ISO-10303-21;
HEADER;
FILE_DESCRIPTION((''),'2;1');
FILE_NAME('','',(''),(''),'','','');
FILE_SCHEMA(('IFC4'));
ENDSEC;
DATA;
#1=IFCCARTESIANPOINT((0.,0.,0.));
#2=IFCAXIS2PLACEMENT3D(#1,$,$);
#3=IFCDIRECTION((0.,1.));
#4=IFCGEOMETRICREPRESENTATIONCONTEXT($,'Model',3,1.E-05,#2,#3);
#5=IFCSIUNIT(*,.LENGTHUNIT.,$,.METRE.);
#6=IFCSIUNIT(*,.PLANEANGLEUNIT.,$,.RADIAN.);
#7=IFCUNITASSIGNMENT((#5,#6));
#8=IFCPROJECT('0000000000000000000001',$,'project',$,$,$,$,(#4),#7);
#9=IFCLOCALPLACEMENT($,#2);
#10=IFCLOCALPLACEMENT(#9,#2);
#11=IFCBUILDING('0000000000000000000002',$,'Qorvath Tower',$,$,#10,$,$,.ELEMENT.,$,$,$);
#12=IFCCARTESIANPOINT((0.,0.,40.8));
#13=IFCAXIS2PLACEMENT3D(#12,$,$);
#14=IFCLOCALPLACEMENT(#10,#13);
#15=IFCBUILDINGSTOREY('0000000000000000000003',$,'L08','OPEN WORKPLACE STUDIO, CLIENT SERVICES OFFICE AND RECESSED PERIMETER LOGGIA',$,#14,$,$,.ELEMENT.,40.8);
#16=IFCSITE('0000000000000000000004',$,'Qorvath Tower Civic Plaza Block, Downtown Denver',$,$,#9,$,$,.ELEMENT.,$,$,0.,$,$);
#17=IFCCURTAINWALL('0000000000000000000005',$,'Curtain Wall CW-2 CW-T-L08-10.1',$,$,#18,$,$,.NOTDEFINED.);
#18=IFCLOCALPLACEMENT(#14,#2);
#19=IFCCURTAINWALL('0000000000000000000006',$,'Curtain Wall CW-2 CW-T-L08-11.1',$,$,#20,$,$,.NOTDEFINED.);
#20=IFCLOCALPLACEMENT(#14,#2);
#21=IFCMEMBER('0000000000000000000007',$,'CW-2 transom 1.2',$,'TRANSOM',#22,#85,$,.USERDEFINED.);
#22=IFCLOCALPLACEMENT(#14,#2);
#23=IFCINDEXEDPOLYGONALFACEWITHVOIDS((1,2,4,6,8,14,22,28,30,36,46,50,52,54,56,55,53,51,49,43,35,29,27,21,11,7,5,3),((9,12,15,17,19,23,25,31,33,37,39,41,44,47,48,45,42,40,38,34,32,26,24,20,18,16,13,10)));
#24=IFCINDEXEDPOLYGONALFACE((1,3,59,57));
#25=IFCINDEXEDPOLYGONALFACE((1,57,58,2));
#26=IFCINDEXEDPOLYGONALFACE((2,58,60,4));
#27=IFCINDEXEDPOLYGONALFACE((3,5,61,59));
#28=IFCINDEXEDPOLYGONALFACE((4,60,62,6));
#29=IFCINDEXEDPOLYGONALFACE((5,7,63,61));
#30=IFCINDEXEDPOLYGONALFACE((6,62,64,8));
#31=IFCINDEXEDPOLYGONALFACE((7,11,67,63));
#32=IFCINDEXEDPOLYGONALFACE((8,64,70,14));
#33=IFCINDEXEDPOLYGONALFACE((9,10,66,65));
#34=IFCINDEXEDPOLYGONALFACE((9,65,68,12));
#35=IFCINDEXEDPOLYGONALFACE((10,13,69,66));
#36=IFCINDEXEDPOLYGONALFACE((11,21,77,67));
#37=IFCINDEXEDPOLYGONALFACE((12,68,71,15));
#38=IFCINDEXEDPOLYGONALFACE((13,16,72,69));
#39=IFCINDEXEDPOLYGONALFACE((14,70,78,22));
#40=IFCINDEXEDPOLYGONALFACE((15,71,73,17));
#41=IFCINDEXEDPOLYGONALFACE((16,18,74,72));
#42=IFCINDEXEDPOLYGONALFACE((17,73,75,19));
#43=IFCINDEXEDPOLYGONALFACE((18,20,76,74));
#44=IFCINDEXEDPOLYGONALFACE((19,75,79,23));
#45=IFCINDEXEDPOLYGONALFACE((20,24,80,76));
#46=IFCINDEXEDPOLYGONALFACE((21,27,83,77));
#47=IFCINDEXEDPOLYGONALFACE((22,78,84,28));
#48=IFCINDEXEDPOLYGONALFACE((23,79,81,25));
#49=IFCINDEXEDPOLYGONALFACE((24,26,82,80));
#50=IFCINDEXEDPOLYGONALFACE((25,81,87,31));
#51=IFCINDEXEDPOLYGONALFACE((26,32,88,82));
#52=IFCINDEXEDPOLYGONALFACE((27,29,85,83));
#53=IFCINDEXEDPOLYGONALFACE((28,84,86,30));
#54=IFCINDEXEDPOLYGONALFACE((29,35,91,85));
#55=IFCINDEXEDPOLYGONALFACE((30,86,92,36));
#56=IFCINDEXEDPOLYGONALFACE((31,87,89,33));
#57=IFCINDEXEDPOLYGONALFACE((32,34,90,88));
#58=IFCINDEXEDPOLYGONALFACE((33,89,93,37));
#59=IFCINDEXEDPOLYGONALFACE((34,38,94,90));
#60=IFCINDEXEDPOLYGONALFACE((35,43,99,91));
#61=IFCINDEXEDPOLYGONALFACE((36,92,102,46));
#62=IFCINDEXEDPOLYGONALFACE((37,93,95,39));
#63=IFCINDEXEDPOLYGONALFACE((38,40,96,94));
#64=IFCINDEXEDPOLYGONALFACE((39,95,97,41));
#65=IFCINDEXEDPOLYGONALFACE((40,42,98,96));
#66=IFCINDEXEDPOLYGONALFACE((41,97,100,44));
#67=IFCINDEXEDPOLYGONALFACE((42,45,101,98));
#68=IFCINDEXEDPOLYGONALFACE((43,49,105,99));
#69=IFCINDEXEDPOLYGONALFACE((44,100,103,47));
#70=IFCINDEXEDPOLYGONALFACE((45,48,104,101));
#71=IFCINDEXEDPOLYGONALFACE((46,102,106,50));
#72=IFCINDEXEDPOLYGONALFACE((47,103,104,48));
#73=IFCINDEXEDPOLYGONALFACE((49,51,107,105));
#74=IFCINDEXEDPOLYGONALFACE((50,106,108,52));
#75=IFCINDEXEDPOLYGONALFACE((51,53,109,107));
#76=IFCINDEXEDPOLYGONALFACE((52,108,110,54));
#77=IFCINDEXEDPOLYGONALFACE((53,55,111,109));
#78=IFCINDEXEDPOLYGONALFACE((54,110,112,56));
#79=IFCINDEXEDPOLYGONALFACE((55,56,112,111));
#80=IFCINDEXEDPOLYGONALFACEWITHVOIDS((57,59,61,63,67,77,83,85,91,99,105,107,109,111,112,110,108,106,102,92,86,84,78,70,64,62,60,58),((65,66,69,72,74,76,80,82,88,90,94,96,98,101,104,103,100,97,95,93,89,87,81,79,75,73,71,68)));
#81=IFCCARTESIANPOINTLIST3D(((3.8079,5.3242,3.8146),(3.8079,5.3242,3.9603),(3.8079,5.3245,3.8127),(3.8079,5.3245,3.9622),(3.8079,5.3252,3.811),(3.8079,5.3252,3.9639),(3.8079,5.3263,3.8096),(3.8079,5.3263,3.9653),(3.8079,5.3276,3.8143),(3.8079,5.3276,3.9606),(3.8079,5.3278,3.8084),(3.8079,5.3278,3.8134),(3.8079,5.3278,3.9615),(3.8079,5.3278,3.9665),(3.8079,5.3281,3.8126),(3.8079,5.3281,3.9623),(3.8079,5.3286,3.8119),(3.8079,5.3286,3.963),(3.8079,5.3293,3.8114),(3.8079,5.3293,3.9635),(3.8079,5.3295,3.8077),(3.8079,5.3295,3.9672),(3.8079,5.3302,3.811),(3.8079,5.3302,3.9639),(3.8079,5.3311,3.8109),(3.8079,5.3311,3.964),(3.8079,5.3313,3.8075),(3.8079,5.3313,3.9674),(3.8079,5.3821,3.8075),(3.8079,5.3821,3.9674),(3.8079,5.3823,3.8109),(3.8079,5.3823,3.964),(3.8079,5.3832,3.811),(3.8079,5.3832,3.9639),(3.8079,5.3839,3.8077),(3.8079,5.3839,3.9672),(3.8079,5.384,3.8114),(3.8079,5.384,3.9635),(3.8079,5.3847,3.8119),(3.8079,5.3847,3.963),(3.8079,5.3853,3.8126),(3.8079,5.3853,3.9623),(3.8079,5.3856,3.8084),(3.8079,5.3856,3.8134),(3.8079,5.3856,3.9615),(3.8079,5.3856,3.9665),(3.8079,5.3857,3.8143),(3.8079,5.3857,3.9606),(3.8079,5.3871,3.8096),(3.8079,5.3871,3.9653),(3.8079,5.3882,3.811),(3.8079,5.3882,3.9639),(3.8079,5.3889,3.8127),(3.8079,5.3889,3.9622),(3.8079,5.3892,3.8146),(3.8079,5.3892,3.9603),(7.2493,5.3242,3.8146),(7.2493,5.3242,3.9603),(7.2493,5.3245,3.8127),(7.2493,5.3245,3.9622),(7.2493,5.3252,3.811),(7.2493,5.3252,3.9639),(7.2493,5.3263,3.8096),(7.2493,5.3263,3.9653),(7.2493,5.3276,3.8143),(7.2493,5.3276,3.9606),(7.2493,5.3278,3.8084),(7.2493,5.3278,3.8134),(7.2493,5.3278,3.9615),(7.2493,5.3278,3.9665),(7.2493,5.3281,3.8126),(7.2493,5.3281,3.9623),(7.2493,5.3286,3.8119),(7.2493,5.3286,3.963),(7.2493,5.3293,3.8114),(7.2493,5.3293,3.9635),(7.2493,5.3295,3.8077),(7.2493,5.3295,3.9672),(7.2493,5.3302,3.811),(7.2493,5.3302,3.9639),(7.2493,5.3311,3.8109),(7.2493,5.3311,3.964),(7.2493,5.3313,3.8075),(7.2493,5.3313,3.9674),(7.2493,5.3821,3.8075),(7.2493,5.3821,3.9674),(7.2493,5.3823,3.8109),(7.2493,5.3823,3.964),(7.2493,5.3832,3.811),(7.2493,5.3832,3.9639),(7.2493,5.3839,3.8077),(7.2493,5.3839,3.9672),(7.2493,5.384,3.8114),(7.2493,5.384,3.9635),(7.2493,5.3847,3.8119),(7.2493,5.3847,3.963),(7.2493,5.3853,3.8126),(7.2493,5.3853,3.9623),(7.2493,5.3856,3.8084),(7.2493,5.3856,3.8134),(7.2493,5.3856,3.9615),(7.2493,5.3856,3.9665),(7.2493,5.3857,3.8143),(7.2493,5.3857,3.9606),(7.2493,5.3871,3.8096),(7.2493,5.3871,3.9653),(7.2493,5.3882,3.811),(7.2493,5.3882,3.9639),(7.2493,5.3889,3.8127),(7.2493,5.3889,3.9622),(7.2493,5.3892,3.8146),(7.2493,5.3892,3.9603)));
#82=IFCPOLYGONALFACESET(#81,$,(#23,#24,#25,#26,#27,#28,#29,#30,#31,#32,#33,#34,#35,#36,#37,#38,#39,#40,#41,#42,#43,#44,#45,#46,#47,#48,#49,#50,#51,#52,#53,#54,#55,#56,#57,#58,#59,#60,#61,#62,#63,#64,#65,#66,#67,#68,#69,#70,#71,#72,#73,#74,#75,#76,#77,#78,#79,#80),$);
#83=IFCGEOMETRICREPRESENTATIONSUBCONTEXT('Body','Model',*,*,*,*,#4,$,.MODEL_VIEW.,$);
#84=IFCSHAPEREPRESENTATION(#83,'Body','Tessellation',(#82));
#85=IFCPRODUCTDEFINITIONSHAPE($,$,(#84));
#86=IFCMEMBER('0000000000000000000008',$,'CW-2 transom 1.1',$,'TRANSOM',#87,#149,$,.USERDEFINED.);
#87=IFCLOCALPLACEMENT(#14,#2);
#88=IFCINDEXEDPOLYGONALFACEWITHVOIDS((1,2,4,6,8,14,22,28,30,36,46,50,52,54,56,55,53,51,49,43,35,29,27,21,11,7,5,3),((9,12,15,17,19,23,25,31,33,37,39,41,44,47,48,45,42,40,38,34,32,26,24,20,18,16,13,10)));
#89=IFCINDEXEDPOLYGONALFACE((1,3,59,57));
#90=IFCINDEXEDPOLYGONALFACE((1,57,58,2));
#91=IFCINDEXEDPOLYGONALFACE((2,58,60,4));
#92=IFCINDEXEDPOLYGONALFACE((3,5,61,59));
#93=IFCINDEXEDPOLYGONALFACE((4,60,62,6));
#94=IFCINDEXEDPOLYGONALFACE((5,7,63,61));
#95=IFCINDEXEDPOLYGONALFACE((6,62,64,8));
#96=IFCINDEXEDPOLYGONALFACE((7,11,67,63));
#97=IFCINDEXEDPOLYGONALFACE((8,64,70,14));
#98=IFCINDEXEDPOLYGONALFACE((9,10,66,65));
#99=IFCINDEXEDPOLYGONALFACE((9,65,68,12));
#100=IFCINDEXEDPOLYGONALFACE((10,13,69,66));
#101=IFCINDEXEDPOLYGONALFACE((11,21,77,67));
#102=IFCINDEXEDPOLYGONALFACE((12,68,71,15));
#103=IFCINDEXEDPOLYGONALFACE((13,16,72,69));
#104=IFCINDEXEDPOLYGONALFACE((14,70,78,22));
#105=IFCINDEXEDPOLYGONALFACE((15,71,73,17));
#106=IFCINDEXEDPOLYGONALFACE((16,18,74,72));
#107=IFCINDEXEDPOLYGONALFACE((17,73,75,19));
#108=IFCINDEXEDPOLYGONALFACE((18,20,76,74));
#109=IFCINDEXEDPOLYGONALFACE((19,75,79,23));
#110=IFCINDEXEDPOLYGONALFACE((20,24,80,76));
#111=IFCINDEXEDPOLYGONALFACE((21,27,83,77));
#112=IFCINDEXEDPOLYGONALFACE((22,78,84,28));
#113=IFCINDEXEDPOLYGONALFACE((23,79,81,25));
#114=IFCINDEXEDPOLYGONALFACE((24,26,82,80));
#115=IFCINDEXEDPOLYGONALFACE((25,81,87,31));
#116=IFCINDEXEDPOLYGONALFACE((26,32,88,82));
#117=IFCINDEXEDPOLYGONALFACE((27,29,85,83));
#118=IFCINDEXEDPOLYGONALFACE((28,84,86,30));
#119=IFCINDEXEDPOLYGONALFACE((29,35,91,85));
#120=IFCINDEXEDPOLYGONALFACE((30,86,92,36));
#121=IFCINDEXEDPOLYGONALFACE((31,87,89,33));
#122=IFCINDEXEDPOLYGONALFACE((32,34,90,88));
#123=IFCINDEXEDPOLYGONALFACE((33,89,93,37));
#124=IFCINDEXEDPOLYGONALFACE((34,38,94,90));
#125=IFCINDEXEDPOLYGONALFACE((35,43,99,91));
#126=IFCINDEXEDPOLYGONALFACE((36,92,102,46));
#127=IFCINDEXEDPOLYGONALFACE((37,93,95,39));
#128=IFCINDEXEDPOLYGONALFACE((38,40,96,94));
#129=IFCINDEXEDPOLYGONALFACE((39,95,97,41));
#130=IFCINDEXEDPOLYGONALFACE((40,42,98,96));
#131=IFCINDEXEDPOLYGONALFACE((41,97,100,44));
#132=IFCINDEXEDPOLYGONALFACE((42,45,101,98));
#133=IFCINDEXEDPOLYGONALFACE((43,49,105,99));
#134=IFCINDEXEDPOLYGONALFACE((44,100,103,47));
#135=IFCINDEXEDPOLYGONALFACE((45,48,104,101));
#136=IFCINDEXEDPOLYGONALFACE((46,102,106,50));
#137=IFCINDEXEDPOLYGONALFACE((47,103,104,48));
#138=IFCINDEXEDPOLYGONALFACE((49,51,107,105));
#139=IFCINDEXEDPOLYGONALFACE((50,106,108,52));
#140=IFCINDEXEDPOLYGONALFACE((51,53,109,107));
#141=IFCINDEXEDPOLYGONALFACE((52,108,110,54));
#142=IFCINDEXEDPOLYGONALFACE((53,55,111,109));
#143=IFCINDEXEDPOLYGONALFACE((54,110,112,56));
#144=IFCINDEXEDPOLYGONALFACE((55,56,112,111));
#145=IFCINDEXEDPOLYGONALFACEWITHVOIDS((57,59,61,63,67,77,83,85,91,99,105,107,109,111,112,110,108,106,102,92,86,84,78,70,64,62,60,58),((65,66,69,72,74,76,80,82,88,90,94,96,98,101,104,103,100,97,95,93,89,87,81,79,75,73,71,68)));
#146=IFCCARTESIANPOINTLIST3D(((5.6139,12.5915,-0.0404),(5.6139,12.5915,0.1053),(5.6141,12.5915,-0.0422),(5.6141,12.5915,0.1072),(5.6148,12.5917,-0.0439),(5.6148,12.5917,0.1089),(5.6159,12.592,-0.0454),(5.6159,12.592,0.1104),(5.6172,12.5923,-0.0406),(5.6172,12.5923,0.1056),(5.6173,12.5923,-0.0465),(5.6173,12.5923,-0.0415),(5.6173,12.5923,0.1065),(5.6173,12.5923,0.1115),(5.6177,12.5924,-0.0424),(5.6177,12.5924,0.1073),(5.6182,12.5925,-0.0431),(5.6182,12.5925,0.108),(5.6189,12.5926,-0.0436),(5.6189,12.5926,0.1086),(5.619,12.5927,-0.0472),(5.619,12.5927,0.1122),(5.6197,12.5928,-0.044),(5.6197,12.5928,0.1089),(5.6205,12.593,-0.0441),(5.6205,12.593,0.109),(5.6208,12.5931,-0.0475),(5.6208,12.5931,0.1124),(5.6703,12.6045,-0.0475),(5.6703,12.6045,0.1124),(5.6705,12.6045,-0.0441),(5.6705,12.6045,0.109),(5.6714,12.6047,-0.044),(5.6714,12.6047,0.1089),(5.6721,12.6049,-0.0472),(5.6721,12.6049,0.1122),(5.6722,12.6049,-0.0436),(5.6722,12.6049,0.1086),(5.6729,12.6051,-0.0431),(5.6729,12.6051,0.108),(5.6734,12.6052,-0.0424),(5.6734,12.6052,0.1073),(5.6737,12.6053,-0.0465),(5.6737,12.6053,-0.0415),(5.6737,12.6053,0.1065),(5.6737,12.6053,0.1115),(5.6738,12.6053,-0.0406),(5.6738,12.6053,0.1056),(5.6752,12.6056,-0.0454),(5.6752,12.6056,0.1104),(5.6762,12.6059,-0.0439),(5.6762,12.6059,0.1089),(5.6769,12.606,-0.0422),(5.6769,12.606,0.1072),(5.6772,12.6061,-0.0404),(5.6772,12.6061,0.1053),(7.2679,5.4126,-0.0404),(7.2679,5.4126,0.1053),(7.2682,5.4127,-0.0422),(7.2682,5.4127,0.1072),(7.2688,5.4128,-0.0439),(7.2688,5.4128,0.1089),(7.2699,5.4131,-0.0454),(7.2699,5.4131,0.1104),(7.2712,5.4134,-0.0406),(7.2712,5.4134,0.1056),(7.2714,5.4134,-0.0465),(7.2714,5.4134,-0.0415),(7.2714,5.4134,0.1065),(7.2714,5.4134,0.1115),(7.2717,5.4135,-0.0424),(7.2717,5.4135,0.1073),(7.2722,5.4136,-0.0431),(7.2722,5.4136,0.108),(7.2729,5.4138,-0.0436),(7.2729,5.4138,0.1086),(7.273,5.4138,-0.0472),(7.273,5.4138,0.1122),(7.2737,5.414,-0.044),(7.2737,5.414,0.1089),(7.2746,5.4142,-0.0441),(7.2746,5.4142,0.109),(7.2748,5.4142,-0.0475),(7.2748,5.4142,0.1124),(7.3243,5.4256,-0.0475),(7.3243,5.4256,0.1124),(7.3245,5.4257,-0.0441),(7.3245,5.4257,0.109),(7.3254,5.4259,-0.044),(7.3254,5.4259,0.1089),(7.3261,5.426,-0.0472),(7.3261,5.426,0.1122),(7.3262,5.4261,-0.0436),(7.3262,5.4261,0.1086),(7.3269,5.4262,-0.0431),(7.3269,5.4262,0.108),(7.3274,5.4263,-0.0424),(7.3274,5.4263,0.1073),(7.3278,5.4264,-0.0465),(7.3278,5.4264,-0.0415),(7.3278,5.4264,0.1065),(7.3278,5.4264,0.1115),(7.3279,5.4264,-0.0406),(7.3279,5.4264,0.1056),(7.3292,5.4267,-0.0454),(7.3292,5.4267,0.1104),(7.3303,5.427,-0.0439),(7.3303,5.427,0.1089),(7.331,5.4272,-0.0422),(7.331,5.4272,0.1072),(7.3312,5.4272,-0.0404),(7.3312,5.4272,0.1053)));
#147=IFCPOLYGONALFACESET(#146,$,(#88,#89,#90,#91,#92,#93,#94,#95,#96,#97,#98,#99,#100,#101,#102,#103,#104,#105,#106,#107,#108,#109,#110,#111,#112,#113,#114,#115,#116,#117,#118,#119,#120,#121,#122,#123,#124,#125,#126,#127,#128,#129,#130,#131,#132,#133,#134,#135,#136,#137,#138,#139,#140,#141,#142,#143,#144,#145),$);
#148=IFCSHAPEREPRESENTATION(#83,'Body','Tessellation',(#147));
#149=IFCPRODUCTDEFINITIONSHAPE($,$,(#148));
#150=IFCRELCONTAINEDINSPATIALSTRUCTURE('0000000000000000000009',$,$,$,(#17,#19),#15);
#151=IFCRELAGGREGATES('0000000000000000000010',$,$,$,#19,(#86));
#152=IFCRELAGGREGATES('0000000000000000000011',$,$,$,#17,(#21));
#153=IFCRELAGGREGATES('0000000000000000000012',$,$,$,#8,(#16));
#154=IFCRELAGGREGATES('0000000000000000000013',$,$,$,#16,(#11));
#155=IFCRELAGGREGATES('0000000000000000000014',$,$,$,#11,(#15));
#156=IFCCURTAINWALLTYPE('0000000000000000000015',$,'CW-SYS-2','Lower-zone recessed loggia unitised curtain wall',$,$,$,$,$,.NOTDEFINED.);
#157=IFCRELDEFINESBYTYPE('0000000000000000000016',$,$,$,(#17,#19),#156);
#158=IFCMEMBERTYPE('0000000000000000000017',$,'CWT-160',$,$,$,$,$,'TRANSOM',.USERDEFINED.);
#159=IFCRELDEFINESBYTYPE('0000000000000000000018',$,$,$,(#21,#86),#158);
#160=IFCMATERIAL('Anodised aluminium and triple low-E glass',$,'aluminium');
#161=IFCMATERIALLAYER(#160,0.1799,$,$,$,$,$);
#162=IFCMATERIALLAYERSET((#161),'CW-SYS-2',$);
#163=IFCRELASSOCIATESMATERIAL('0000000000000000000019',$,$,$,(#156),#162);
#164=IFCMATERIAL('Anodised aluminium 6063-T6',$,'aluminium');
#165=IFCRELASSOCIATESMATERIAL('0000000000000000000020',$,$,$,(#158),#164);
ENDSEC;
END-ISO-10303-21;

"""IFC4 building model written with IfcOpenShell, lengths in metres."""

from ifc_helpers import new_model, si_unit, direction, frame, origin, origin_2d, place, context, subcontext, project, spatial, hollow_rectangle, extrude, material, layer, layer_set, material_profile, profile_set, type_object, element, aggregate, save


model = new_model("IFC4")

# Units and contexts
model_context = context("Model", 3, precision=1e-05, world=origin(), true_north=direction((0.0, 1.0)))
body_context = subcontext(model_context, "Body", "Model", "MODEL_VIEW")
ifc_project = project(units=[si_unit("LENGTHUNIT", "METRE"), si_unit("PLANEANGLEUNIT", "RADIAN")], contexts=[model_context])

# Site, building, storey
site_placement = place(None, origin())
site = spatial("IfcSite", under=ifc_project, at=site_placement, Name="Qorvath Tower Civic Plaza Block, Downtown Denver", CompositionType="ELEMENT", RefElevation=0.0)
building_placement = place(site_placement, origin())
building = spatial("IfcBuilding", under=site, at=building_placement, Name="Qorvath Tower", CompositionType="ELEMENT")
storey_placement = place(building_placement, frame((0.0, 0.0, 40.8)))
storey = spatial("IfcBuildingStorey", under=building, at=storey_placement, Name="L08", Description="OPEN WORKPLACE STUDIO, CLIENT SERVICES OFFICE AND RECESSED PERIMETER LOGGIA", CompositionType="ELEMENT", Elevation=40.8)

# Curtain wall
ifc_material_1 = material(Name="Anodised aluminium and triple low-E glass", Category="aluminium")
ifc_layer_1 = layer(ifc_material_1, 0.1799)
ifc_layer_set_1 = layer_set([ifc_layer_1], Name="CW-SYS-2")
curtain_wall_type = type_object("IfcCurtainWallType", Name="CW-SYS-2", Description="Lower-zone recessed loggia unitised curtain wall", PredefinedType="NOTDEFINED", material=ifc_layer_set_1)
curtain_wall_1_placement = place(storey_placement, origin())
curtain_wall_1 = element("IfcCurtainWall", 1, at=curtain_wall_1_placement, inside=storey, type_object=curtain_wall_type, Name="Curtain Wall CW-2 CW-T-L08-10.1", PredefinedType="NOTDEFINED")

# Curtain wall
curtain_wall_2_placement = place(storey_placement, origin())
curtain_wall_2 = element("IfcCurtainWall", 2, at=curtain_wall_2_placement, inside=storey, type_object=curtain_wall_type, Name="Curtain Wall CW-2 CW-T-L08-11.1", PredefinedType="NOTDEFINED")

# Members
ifc_material_2 = material(Name="Anodised aluminium 6063-T6", Category="aluminium")
ifc_material_profile_1 = material_profile(ifc_material_2, hollow_rectangle(XDim=0.0649, YDim=0.1599, WallThickness=0.0034, InnerFilletRadius=0.0034, OuterFilletRadius=0.0071, at=origin_2d()), Name="CWT 160x65")
ifc_profile_set_1 = profile_set([ifc_material_profile_1], Name="Anodised aluminium 6063-T6")
member_type_1 = type_object("IfcMemberType", Name="CWT-160", ElementType="TRANSOM", PredefinedType="USERDEFINED", material=ifc_profile_set_1)
member_1_placement = place(storey_placement, frame((3.8079, 5.3567, 3.8875), z_axis=(1.0, 0.0, 0.0), x_axis=(0.0, 1.0, 0.0)))
member_1 = element("IfcMember", 3, at=member_1_placement, type_object=member_type_1, Name="CW-2 transom 1.2", ObjectType="TRANSOM", PredefinedType="USERDEFINED", context=body_context, shape_type="SweptSolid", body=[
    extrude(hollow_rectangle(XDim=0.0649, YDim=0.1599, WallThickness=0.0034, InnerFilletRadius=0.0034, OuterFilletRadius=0.0071, at=origin_2d()), origin(), (0.0, 0.0, 1.0), 3.4414),
])
member_2_placement = place(storey_placement, frame((7.2996, 5.4199, 0.0325), z_axis=(-0.224521, 0.974469, 0.0), x_axis=(-0.974469, -0.224521, 0.0)))
member_2 = element("IfcMember", 4, at=member_2_placement, type_object=member_type_1, Name="CW-2 transom 1.1", ObjectType="TRANSOM", PredefinedType="USERDEFINED", context=body_context, shape_type="SweptSolid", body=[
    extrude(hollow_rectangle(XDim=0.0649, YDim=0.1599, WallThickness=0.0034, InnerFilletRadius=0.0034, OuterFilletRadius=0.0071, at=origin_2d()), origin(), (0.0, 0.0, 1.0), 7.3669),
])
aggregate(curtain_wall_2, [member_2])

aggregate(curtain_wall_1, [member_1])

save(model, "model.ifc")
